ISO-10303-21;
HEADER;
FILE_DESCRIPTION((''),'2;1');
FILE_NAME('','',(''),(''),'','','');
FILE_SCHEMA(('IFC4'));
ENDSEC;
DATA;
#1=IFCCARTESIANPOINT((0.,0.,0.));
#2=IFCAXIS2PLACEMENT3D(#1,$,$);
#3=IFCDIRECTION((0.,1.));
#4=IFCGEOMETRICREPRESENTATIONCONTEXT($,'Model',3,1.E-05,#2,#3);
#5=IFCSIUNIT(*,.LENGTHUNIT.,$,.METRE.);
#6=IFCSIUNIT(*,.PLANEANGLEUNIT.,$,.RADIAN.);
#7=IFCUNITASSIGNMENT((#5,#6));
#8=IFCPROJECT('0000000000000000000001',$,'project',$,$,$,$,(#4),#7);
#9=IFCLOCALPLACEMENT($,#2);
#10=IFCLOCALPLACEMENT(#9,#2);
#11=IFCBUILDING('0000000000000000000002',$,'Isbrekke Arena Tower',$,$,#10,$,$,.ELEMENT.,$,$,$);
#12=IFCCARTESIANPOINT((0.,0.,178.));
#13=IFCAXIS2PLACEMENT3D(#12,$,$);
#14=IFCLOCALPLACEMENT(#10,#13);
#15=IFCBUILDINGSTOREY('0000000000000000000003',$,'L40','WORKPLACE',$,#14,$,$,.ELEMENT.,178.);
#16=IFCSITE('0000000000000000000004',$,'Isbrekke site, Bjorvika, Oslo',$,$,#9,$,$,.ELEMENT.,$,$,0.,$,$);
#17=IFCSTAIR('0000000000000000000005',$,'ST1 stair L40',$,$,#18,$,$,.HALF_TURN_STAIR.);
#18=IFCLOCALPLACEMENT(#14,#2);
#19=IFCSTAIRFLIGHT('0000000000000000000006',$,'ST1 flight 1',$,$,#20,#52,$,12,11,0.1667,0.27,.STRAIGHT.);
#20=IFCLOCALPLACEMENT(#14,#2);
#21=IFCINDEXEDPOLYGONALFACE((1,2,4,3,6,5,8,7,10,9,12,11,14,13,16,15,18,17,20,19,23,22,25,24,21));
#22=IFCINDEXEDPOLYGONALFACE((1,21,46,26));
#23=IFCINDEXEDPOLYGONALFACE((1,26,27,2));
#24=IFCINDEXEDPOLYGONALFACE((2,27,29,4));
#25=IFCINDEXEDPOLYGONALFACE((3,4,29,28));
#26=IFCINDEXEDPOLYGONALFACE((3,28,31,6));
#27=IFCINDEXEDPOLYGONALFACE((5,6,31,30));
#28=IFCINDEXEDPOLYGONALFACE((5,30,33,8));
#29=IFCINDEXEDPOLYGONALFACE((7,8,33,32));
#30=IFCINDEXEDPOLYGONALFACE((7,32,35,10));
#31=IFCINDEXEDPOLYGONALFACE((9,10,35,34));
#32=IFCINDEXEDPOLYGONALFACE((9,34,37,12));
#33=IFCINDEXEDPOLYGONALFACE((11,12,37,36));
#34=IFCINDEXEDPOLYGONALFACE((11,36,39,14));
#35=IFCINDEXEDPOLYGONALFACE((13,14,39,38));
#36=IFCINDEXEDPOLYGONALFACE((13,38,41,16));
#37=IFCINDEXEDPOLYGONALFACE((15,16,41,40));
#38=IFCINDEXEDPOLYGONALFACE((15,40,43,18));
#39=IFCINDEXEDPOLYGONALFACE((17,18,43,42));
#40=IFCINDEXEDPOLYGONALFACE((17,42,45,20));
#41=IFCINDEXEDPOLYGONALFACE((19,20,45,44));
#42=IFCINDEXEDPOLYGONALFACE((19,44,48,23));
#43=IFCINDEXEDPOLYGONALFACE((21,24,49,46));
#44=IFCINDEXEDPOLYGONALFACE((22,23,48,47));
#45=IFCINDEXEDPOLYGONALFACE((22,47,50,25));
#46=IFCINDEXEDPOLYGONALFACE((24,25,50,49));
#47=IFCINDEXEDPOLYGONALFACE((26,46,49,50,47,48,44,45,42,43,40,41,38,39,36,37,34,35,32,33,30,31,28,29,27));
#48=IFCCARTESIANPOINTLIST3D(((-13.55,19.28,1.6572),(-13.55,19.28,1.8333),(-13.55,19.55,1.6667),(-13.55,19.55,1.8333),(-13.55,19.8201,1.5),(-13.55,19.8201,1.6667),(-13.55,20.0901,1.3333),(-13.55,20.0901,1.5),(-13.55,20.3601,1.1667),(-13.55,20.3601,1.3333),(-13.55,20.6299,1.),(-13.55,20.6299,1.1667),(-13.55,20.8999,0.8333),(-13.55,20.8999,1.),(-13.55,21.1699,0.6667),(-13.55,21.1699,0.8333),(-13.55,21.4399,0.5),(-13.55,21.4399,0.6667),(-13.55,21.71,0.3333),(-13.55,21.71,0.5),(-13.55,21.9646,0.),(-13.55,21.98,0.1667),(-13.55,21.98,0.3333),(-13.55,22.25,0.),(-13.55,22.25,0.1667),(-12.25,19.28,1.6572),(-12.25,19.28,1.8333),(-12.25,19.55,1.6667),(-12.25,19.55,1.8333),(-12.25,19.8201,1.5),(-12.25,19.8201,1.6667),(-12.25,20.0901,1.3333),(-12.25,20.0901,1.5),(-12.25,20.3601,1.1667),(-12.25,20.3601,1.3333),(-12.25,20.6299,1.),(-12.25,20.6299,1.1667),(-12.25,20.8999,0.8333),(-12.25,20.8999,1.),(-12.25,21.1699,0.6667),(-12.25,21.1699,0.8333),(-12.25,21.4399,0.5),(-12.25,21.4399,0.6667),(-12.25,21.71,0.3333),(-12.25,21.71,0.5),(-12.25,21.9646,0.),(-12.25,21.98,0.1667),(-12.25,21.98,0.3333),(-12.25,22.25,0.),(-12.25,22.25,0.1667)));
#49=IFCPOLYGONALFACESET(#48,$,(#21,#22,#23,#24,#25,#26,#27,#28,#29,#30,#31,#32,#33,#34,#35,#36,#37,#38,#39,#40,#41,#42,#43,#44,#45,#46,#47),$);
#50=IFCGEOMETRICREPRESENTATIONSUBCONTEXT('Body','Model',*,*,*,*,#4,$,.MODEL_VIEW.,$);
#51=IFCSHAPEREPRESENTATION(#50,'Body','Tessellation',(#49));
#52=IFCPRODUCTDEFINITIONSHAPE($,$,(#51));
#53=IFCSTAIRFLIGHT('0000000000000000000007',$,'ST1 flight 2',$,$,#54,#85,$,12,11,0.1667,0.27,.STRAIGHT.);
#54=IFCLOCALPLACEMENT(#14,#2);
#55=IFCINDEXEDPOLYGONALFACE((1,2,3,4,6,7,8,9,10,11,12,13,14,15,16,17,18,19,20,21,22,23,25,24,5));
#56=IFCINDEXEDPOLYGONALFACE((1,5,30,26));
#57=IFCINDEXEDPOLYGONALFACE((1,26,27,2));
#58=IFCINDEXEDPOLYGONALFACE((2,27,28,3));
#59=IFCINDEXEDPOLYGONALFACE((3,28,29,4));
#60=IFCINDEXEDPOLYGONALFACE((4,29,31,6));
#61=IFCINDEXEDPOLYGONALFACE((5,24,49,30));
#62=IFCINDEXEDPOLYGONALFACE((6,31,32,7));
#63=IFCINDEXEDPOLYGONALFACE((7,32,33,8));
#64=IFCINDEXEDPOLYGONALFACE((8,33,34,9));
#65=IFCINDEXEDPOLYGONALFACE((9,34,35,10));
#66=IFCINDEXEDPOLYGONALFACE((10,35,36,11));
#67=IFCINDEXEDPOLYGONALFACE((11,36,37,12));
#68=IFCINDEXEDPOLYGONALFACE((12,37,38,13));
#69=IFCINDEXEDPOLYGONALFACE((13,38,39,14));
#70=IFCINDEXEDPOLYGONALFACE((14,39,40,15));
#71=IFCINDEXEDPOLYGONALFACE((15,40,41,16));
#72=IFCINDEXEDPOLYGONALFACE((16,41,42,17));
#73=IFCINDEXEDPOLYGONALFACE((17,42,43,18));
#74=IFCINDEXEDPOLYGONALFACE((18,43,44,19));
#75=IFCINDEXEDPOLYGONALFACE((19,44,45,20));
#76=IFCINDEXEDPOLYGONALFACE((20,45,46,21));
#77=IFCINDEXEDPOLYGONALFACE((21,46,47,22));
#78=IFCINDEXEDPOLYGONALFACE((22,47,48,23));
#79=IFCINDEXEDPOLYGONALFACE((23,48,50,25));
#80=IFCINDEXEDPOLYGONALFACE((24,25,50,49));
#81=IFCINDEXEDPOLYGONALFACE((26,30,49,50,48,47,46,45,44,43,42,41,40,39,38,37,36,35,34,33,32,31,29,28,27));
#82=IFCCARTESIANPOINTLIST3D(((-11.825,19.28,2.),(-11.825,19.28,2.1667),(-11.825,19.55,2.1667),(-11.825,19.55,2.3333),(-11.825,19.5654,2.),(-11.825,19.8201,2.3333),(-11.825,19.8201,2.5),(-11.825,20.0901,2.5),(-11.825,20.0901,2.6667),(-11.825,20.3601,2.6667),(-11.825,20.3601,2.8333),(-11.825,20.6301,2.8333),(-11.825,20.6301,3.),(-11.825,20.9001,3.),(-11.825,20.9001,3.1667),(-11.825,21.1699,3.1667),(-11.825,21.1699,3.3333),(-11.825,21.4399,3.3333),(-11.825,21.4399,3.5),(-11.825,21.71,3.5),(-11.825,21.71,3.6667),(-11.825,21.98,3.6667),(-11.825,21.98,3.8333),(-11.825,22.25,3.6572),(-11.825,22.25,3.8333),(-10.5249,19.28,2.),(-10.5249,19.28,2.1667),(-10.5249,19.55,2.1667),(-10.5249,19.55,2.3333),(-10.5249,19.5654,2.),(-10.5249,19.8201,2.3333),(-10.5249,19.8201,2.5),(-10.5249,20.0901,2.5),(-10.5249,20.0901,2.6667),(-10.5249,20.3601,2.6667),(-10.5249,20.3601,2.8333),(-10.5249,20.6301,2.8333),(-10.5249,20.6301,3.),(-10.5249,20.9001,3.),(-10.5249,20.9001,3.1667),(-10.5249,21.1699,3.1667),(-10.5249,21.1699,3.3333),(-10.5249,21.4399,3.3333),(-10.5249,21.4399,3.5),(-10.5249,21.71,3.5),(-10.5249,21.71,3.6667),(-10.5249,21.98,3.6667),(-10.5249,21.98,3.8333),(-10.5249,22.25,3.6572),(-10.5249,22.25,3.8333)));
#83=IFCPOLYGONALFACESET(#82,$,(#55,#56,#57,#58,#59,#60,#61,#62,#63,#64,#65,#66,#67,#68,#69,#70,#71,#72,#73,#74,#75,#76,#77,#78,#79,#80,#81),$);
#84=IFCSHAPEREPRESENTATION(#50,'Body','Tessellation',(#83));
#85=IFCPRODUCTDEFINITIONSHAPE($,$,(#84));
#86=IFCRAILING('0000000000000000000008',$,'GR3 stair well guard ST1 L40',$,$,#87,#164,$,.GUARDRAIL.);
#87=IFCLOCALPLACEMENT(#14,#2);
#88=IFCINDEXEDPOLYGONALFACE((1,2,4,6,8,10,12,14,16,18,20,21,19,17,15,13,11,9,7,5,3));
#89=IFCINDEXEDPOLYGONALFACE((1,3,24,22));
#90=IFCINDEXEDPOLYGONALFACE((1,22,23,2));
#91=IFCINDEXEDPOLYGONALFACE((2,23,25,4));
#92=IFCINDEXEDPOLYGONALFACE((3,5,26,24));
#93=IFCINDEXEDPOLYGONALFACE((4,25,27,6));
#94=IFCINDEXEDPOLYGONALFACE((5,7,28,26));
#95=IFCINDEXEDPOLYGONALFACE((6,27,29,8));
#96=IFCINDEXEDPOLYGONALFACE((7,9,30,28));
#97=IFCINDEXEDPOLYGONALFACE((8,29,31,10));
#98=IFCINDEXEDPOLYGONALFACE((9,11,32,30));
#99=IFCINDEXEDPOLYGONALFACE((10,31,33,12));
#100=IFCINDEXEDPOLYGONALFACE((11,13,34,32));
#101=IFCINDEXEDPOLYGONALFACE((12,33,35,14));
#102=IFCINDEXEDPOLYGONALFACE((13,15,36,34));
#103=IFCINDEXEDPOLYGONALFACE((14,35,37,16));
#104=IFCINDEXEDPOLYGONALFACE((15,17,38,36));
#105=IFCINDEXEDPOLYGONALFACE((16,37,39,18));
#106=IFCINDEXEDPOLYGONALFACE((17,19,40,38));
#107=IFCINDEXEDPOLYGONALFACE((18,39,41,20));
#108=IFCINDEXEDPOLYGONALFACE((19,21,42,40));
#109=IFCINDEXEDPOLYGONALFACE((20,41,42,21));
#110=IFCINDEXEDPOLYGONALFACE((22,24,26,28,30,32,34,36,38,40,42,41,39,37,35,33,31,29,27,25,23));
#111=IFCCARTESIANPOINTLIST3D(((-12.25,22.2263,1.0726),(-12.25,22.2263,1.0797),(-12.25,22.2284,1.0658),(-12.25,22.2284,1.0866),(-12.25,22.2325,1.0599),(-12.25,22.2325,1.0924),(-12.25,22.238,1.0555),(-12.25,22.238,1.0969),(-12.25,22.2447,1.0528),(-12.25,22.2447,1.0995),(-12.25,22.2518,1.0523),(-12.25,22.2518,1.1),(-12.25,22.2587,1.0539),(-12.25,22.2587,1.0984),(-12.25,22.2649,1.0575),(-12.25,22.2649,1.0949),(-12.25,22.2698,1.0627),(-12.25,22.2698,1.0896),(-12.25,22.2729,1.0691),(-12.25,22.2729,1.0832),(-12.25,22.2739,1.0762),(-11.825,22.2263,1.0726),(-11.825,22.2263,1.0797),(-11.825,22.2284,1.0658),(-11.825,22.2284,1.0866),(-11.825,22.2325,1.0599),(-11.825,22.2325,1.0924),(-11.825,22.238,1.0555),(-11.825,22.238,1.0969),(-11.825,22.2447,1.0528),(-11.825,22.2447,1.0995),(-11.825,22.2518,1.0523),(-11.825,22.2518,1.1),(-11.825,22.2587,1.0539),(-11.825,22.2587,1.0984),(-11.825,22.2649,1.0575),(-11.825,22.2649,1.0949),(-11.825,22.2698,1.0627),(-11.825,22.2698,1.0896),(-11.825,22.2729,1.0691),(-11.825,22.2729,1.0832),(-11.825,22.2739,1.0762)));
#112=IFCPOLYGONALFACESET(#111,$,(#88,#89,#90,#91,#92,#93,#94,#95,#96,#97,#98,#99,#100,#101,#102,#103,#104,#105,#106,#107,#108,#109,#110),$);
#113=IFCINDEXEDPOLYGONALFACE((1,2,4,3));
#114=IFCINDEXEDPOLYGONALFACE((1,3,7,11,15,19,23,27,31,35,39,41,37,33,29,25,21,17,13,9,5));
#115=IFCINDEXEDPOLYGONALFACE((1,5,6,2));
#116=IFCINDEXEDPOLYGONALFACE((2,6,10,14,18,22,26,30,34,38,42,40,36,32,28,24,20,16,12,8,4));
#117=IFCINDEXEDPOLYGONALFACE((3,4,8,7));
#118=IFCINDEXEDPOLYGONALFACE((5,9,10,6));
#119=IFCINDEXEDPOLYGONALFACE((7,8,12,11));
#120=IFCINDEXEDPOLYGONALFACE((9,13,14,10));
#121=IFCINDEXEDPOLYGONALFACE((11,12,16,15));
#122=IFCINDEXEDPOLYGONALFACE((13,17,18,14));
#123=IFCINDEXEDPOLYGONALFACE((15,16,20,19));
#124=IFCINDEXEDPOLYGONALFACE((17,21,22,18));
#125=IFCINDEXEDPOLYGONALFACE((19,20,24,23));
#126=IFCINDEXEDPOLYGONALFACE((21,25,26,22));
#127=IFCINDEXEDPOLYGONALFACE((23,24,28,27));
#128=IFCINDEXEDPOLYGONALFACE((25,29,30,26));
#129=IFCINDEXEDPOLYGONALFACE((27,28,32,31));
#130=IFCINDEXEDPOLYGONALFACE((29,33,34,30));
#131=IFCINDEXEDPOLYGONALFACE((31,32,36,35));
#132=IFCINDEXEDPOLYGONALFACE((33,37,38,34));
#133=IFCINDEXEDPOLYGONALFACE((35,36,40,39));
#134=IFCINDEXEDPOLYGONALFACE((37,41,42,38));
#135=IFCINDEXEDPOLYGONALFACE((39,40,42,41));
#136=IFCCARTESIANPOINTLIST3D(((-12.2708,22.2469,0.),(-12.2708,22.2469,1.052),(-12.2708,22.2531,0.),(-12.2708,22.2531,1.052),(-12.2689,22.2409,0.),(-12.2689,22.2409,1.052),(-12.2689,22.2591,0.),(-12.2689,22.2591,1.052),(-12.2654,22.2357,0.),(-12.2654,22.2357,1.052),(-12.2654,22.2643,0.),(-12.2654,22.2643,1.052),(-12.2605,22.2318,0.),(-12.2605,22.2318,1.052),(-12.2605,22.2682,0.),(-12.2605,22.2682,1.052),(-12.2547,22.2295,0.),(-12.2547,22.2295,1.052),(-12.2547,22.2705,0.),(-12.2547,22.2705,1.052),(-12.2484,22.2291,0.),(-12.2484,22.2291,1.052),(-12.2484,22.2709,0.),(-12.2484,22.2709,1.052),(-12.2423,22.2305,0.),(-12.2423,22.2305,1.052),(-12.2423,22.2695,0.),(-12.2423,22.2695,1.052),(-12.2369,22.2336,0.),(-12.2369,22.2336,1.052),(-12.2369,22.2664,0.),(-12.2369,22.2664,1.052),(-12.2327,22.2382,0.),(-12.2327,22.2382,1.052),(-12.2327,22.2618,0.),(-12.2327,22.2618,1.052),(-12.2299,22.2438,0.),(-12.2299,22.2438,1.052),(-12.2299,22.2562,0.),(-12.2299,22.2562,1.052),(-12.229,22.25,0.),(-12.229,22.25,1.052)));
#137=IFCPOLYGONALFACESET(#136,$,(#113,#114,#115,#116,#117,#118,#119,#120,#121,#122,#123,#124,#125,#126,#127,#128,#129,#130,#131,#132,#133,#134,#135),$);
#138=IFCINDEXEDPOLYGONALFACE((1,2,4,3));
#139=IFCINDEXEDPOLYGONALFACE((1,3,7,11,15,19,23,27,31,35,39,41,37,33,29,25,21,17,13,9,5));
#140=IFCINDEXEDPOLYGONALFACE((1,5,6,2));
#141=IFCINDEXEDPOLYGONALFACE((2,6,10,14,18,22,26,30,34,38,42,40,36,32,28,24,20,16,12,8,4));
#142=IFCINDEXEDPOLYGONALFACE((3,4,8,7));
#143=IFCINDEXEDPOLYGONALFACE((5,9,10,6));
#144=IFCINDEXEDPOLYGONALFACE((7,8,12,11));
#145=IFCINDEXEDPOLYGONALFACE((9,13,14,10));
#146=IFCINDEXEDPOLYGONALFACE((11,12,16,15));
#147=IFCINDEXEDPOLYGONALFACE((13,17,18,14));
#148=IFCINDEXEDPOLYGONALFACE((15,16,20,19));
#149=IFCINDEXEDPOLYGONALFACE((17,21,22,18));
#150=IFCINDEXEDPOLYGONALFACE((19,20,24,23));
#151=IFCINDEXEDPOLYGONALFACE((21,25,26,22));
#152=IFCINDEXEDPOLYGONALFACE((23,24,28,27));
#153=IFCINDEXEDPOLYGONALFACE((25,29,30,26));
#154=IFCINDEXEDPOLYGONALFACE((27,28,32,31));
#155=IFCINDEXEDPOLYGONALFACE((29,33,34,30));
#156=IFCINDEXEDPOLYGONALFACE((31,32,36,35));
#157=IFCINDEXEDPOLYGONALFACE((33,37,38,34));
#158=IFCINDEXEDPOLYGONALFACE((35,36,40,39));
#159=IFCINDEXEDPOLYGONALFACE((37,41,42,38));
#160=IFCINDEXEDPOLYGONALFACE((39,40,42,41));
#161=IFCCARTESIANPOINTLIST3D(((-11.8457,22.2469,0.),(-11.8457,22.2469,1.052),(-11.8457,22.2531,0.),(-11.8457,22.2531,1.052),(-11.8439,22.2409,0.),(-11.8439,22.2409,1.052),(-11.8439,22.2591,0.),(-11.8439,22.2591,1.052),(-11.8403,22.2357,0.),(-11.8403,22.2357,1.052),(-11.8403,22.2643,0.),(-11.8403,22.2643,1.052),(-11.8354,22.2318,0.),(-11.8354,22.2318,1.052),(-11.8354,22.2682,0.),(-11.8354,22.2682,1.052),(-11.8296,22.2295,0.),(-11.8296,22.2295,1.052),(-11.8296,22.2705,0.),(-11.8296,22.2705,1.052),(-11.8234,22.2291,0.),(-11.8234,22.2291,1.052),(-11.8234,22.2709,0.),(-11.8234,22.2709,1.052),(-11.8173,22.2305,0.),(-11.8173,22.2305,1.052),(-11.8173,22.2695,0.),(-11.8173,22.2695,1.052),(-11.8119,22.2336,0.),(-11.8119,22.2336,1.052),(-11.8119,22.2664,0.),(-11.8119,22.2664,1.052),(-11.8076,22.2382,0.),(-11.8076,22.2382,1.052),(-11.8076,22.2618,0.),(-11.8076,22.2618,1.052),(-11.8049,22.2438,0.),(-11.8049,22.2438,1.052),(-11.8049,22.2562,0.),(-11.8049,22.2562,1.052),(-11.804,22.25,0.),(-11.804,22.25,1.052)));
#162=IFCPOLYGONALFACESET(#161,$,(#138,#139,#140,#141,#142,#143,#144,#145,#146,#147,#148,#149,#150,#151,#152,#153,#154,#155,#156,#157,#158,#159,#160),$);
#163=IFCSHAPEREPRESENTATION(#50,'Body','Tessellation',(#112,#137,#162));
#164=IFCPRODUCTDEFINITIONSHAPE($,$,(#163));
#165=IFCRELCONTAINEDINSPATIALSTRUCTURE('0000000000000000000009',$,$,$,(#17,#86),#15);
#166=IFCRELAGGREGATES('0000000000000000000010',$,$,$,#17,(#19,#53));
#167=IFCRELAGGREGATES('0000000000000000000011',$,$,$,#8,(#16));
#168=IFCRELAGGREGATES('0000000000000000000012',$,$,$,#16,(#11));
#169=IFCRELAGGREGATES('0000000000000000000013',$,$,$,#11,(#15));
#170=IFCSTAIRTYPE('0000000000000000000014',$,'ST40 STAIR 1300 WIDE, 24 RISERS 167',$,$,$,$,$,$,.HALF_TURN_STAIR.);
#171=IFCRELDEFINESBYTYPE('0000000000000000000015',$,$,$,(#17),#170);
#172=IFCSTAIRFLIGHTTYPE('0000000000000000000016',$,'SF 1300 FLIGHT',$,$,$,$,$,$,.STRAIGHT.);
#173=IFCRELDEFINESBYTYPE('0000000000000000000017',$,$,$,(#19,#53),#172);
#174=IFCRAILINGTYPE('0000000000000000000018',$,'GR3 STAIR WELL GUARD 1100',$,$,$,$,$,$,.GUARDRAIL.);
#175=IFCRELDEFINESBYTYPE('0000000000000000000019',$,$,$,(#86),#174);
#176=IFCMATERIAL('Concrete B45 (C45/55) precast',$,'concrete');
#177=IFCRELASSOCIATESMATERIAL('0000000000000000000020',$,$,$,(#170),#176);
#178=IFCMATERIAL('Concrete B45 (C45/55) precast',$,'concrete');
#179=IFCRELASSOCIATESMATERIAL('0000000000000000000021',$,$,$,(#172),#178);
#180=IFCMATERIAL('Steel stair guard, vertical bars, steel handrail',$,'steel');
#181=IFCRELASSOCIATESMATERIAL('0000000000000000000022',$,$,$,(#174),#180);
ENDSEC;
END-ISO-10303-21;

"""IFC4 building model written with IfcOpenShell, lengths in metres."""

from ifc_helpers import new_model, si_unit, direction, frame, origin, origin_2d, place, context, subcontext, project, spatial, polyline, circle, outline, extrude, material, type_object, element, aggregate, save


model = new_model("IFC4")

# Units and contexts
model_context = context("Model", 3, precision=1e-05, world=origin(), true_north=direction((0.0, 1.0)))
body_context = subcontext(model_context, "Body", "Model", "MODEL_VIEW")
ifc_project = project(units=[si_unit("LENGTHUNIT", "METRE"), si_unit("PLANEANGLEUNIT", "RADIAN")], contexts=[model_context])

# Site, building, storey
site_placement = place(None, origin())
site = spatial("IfcSite", under=ifc_project, at=site_placement, Name="Isbrekke site, Bjorvika, Oslo", CompositionType="ELEMENT", RefElevation=0.0)
building_placement = place(site_placement, origin())
building = spatial("IfcBuilding", under=site, at=building_placement, Name="Isbrekke Arena Tower", CompositionType="ELEMENT")
storey_placement = place(building_placement, frame((0.0, 0.0, 178.0)))
storey = spatial("IfcBuildingStorey", under=building, at=storey_placement, Name="L40", Description="WORKPLACE", CompositionType="ELEMENT", Elevation=178.0)

# Stair, stair flights
ifc_material_1 = material(Name="Concrete B45 (C45/55) precast", Category="concrete")
stair_type = type_object("IfcStairType", Name="ST40 STAIR 1300 WIDE, 24 RISERS 167", PredefinedType="HALF_TURN_STAIR", material=ifc_material_1)
stair_placement = place(storey_placement, origin())
stair = element("IfcStair", 1, at=stair_placement, inside=storey, type_object=stair_type, Name="ST1 stair L40", PredefinedType="HALF_TURN_STAIR")
ifc_material_2 = material(Name="Concrete B45 (C45/55) precast", Category="concrete")
stair_flight_type = type_object("IfcStairFlightType", Name="SF 1300 FLIGHT", PredefinedType="STRAIGHT", material=ifc_material_2)
stair_flight_1_placement = place(storey_placement, frame((-12.8999, 22.25, 0.0), z_axis=(0.0, 0.0, 1.0), x_axis=(0.0, -1.0, 0.0)))
stair_flight_1 = element("IfcStairFlight", 2, at=stair_flight_1_placement, type_object=stair_flight_type, Name="ST1 flight 1", NumberOfRisers=12, NumberOfTreads=11, PredefinedType="STRAIGHT", RiserHeight=0.1667, TreadLength=0.27, context=body_context, shape_type="SweptSolid", body=[
    extrude(outline(polyline([(0.0, 0.0), (0.0, 0.1667), (0.27, 0.1667), (0.27, 0.3333), (0.54, 0.3333), (0.54, 0.5), (0.8101, 0.5), (0.8101, 0.6667), (1.0801, 0.6667), (1.0801, 0.8333), (1.3501, 0.8333), (1.3501, 1.0), (1.6201, 1.0), (1.6201, 1.1667), (1.8899, 1.1667), (1.8899, 1.3333), (2.1599, 1.3333), (2.1599, 1.5), (2.4299, 1.5), (2.4299, 1.6667), (2.7, 1.6667), (2.7, 1.8333), (2.97, 1.8333), (2.97, 2.0), (2.97, 1.6572), (0.2854, 0.0), (0.0, 0.0)])), frame((0.0, 0.6499, 0.0), z_axis=(0.0, -1.0, 0.0), x_axis=(1.0, 0.0, 0.0)), (0.0, 0.0, 1.0), 1.3),
])
stair_flight_2_placement = place(storey_placement, frame((-11.175, 19.28, 2.0), z_axis=(0.0, 0.0, 1.0), x_axis=(0.0, 1.0, 0.0)))
stair_flight_2 = element("IfcStairFlight", 3, at=stair_flight_2_placement, type_object=stair_flight_type, Name="ST1 flight 2", NumberOfRisers=12, NumberOfTreads=11, PredefinedType="STRAIGHT", RiserHeight=0.1667, TreadLength=0.27, context=body_context, shape_type="SweptSolid", body=[
    extrude(outline(polyline([(0.0, 0.0), (0.0, 0.1667), (0.27, 0.1667), (0.27, 0.3333), (0.54, 0.3333), (0.54, 0.5), (0.8101, 0.5), (0.8101, 0.6667), (1.0801, 0.6667), (1.0801, 0.8333), (1.3501, 0.8333), (1.3501, 1.0), (1.6201, 1.0), (1.6201, 1.1667), (1.8899, 1.1667), (1.8899, 1.3333), (2.1599, 1.3333), (2.1599, 1.5), (2.4299, 1.5), (2.4299, 1.6667), (2.7, 1.6667), (2.7, 1.8333), (2.97, 1.8333), (2.97, 2.0), (2.97, 1.6572), (0.2854, 0.0), (0.0, 0.0)])), frame((0.0, 0.6499, 0.0), z_axis=(0.0, -1.0, 0.0), x_axis=(1.0, 0.0, 0.0)), (0.0, 0.0, 1.0), 1.3),
])
aggregate(stair, [stair_flight_1, stair_flight_2])

# Railing
ifc_material_3 = material(Name="Steel stair guard, vertical bars, steel handrail", Category="steel")
railing_type = type_object("IfcRailingType", Name="GR3 STAIR WELL GUARD 1100", PredefinedType="GUARDRAIL", material=ifc_material_3)
for number, where, name in (
    (4, (-12.25, 22.25, 0.0), "GR3 stair well guard ST1 L40"),
):
    element("IfcRailing", number, at=place(storey_placement, frame(where)), inside=storey, type_object=railing_type, Name=name, PredefinedType="GUARDRAIL", context=body_context, shape_type="SweptSolid", body=[
        extrude(circle(Radius=0.0239, at=origin_2d()), frame((0.0, 0.0, 1.0762), z_axis=(1.0, 0.0, 0.0), x_axis=(0.0, 1.0, 0.0)), (0.0, 0.0, 1.0), 0.425),
        extrude(circle(Radius=0.021, at=origin_2d()), origin(), (0.0, 0.0, 1.0), 1.052),
        extrude(circle(Radius=0.021, at=origin_2d()), frame((0.425, 0.0, 0.0)), (0.0, 0.0, 1.0), 1.052),
    ])

save(model, "model.ifc")
